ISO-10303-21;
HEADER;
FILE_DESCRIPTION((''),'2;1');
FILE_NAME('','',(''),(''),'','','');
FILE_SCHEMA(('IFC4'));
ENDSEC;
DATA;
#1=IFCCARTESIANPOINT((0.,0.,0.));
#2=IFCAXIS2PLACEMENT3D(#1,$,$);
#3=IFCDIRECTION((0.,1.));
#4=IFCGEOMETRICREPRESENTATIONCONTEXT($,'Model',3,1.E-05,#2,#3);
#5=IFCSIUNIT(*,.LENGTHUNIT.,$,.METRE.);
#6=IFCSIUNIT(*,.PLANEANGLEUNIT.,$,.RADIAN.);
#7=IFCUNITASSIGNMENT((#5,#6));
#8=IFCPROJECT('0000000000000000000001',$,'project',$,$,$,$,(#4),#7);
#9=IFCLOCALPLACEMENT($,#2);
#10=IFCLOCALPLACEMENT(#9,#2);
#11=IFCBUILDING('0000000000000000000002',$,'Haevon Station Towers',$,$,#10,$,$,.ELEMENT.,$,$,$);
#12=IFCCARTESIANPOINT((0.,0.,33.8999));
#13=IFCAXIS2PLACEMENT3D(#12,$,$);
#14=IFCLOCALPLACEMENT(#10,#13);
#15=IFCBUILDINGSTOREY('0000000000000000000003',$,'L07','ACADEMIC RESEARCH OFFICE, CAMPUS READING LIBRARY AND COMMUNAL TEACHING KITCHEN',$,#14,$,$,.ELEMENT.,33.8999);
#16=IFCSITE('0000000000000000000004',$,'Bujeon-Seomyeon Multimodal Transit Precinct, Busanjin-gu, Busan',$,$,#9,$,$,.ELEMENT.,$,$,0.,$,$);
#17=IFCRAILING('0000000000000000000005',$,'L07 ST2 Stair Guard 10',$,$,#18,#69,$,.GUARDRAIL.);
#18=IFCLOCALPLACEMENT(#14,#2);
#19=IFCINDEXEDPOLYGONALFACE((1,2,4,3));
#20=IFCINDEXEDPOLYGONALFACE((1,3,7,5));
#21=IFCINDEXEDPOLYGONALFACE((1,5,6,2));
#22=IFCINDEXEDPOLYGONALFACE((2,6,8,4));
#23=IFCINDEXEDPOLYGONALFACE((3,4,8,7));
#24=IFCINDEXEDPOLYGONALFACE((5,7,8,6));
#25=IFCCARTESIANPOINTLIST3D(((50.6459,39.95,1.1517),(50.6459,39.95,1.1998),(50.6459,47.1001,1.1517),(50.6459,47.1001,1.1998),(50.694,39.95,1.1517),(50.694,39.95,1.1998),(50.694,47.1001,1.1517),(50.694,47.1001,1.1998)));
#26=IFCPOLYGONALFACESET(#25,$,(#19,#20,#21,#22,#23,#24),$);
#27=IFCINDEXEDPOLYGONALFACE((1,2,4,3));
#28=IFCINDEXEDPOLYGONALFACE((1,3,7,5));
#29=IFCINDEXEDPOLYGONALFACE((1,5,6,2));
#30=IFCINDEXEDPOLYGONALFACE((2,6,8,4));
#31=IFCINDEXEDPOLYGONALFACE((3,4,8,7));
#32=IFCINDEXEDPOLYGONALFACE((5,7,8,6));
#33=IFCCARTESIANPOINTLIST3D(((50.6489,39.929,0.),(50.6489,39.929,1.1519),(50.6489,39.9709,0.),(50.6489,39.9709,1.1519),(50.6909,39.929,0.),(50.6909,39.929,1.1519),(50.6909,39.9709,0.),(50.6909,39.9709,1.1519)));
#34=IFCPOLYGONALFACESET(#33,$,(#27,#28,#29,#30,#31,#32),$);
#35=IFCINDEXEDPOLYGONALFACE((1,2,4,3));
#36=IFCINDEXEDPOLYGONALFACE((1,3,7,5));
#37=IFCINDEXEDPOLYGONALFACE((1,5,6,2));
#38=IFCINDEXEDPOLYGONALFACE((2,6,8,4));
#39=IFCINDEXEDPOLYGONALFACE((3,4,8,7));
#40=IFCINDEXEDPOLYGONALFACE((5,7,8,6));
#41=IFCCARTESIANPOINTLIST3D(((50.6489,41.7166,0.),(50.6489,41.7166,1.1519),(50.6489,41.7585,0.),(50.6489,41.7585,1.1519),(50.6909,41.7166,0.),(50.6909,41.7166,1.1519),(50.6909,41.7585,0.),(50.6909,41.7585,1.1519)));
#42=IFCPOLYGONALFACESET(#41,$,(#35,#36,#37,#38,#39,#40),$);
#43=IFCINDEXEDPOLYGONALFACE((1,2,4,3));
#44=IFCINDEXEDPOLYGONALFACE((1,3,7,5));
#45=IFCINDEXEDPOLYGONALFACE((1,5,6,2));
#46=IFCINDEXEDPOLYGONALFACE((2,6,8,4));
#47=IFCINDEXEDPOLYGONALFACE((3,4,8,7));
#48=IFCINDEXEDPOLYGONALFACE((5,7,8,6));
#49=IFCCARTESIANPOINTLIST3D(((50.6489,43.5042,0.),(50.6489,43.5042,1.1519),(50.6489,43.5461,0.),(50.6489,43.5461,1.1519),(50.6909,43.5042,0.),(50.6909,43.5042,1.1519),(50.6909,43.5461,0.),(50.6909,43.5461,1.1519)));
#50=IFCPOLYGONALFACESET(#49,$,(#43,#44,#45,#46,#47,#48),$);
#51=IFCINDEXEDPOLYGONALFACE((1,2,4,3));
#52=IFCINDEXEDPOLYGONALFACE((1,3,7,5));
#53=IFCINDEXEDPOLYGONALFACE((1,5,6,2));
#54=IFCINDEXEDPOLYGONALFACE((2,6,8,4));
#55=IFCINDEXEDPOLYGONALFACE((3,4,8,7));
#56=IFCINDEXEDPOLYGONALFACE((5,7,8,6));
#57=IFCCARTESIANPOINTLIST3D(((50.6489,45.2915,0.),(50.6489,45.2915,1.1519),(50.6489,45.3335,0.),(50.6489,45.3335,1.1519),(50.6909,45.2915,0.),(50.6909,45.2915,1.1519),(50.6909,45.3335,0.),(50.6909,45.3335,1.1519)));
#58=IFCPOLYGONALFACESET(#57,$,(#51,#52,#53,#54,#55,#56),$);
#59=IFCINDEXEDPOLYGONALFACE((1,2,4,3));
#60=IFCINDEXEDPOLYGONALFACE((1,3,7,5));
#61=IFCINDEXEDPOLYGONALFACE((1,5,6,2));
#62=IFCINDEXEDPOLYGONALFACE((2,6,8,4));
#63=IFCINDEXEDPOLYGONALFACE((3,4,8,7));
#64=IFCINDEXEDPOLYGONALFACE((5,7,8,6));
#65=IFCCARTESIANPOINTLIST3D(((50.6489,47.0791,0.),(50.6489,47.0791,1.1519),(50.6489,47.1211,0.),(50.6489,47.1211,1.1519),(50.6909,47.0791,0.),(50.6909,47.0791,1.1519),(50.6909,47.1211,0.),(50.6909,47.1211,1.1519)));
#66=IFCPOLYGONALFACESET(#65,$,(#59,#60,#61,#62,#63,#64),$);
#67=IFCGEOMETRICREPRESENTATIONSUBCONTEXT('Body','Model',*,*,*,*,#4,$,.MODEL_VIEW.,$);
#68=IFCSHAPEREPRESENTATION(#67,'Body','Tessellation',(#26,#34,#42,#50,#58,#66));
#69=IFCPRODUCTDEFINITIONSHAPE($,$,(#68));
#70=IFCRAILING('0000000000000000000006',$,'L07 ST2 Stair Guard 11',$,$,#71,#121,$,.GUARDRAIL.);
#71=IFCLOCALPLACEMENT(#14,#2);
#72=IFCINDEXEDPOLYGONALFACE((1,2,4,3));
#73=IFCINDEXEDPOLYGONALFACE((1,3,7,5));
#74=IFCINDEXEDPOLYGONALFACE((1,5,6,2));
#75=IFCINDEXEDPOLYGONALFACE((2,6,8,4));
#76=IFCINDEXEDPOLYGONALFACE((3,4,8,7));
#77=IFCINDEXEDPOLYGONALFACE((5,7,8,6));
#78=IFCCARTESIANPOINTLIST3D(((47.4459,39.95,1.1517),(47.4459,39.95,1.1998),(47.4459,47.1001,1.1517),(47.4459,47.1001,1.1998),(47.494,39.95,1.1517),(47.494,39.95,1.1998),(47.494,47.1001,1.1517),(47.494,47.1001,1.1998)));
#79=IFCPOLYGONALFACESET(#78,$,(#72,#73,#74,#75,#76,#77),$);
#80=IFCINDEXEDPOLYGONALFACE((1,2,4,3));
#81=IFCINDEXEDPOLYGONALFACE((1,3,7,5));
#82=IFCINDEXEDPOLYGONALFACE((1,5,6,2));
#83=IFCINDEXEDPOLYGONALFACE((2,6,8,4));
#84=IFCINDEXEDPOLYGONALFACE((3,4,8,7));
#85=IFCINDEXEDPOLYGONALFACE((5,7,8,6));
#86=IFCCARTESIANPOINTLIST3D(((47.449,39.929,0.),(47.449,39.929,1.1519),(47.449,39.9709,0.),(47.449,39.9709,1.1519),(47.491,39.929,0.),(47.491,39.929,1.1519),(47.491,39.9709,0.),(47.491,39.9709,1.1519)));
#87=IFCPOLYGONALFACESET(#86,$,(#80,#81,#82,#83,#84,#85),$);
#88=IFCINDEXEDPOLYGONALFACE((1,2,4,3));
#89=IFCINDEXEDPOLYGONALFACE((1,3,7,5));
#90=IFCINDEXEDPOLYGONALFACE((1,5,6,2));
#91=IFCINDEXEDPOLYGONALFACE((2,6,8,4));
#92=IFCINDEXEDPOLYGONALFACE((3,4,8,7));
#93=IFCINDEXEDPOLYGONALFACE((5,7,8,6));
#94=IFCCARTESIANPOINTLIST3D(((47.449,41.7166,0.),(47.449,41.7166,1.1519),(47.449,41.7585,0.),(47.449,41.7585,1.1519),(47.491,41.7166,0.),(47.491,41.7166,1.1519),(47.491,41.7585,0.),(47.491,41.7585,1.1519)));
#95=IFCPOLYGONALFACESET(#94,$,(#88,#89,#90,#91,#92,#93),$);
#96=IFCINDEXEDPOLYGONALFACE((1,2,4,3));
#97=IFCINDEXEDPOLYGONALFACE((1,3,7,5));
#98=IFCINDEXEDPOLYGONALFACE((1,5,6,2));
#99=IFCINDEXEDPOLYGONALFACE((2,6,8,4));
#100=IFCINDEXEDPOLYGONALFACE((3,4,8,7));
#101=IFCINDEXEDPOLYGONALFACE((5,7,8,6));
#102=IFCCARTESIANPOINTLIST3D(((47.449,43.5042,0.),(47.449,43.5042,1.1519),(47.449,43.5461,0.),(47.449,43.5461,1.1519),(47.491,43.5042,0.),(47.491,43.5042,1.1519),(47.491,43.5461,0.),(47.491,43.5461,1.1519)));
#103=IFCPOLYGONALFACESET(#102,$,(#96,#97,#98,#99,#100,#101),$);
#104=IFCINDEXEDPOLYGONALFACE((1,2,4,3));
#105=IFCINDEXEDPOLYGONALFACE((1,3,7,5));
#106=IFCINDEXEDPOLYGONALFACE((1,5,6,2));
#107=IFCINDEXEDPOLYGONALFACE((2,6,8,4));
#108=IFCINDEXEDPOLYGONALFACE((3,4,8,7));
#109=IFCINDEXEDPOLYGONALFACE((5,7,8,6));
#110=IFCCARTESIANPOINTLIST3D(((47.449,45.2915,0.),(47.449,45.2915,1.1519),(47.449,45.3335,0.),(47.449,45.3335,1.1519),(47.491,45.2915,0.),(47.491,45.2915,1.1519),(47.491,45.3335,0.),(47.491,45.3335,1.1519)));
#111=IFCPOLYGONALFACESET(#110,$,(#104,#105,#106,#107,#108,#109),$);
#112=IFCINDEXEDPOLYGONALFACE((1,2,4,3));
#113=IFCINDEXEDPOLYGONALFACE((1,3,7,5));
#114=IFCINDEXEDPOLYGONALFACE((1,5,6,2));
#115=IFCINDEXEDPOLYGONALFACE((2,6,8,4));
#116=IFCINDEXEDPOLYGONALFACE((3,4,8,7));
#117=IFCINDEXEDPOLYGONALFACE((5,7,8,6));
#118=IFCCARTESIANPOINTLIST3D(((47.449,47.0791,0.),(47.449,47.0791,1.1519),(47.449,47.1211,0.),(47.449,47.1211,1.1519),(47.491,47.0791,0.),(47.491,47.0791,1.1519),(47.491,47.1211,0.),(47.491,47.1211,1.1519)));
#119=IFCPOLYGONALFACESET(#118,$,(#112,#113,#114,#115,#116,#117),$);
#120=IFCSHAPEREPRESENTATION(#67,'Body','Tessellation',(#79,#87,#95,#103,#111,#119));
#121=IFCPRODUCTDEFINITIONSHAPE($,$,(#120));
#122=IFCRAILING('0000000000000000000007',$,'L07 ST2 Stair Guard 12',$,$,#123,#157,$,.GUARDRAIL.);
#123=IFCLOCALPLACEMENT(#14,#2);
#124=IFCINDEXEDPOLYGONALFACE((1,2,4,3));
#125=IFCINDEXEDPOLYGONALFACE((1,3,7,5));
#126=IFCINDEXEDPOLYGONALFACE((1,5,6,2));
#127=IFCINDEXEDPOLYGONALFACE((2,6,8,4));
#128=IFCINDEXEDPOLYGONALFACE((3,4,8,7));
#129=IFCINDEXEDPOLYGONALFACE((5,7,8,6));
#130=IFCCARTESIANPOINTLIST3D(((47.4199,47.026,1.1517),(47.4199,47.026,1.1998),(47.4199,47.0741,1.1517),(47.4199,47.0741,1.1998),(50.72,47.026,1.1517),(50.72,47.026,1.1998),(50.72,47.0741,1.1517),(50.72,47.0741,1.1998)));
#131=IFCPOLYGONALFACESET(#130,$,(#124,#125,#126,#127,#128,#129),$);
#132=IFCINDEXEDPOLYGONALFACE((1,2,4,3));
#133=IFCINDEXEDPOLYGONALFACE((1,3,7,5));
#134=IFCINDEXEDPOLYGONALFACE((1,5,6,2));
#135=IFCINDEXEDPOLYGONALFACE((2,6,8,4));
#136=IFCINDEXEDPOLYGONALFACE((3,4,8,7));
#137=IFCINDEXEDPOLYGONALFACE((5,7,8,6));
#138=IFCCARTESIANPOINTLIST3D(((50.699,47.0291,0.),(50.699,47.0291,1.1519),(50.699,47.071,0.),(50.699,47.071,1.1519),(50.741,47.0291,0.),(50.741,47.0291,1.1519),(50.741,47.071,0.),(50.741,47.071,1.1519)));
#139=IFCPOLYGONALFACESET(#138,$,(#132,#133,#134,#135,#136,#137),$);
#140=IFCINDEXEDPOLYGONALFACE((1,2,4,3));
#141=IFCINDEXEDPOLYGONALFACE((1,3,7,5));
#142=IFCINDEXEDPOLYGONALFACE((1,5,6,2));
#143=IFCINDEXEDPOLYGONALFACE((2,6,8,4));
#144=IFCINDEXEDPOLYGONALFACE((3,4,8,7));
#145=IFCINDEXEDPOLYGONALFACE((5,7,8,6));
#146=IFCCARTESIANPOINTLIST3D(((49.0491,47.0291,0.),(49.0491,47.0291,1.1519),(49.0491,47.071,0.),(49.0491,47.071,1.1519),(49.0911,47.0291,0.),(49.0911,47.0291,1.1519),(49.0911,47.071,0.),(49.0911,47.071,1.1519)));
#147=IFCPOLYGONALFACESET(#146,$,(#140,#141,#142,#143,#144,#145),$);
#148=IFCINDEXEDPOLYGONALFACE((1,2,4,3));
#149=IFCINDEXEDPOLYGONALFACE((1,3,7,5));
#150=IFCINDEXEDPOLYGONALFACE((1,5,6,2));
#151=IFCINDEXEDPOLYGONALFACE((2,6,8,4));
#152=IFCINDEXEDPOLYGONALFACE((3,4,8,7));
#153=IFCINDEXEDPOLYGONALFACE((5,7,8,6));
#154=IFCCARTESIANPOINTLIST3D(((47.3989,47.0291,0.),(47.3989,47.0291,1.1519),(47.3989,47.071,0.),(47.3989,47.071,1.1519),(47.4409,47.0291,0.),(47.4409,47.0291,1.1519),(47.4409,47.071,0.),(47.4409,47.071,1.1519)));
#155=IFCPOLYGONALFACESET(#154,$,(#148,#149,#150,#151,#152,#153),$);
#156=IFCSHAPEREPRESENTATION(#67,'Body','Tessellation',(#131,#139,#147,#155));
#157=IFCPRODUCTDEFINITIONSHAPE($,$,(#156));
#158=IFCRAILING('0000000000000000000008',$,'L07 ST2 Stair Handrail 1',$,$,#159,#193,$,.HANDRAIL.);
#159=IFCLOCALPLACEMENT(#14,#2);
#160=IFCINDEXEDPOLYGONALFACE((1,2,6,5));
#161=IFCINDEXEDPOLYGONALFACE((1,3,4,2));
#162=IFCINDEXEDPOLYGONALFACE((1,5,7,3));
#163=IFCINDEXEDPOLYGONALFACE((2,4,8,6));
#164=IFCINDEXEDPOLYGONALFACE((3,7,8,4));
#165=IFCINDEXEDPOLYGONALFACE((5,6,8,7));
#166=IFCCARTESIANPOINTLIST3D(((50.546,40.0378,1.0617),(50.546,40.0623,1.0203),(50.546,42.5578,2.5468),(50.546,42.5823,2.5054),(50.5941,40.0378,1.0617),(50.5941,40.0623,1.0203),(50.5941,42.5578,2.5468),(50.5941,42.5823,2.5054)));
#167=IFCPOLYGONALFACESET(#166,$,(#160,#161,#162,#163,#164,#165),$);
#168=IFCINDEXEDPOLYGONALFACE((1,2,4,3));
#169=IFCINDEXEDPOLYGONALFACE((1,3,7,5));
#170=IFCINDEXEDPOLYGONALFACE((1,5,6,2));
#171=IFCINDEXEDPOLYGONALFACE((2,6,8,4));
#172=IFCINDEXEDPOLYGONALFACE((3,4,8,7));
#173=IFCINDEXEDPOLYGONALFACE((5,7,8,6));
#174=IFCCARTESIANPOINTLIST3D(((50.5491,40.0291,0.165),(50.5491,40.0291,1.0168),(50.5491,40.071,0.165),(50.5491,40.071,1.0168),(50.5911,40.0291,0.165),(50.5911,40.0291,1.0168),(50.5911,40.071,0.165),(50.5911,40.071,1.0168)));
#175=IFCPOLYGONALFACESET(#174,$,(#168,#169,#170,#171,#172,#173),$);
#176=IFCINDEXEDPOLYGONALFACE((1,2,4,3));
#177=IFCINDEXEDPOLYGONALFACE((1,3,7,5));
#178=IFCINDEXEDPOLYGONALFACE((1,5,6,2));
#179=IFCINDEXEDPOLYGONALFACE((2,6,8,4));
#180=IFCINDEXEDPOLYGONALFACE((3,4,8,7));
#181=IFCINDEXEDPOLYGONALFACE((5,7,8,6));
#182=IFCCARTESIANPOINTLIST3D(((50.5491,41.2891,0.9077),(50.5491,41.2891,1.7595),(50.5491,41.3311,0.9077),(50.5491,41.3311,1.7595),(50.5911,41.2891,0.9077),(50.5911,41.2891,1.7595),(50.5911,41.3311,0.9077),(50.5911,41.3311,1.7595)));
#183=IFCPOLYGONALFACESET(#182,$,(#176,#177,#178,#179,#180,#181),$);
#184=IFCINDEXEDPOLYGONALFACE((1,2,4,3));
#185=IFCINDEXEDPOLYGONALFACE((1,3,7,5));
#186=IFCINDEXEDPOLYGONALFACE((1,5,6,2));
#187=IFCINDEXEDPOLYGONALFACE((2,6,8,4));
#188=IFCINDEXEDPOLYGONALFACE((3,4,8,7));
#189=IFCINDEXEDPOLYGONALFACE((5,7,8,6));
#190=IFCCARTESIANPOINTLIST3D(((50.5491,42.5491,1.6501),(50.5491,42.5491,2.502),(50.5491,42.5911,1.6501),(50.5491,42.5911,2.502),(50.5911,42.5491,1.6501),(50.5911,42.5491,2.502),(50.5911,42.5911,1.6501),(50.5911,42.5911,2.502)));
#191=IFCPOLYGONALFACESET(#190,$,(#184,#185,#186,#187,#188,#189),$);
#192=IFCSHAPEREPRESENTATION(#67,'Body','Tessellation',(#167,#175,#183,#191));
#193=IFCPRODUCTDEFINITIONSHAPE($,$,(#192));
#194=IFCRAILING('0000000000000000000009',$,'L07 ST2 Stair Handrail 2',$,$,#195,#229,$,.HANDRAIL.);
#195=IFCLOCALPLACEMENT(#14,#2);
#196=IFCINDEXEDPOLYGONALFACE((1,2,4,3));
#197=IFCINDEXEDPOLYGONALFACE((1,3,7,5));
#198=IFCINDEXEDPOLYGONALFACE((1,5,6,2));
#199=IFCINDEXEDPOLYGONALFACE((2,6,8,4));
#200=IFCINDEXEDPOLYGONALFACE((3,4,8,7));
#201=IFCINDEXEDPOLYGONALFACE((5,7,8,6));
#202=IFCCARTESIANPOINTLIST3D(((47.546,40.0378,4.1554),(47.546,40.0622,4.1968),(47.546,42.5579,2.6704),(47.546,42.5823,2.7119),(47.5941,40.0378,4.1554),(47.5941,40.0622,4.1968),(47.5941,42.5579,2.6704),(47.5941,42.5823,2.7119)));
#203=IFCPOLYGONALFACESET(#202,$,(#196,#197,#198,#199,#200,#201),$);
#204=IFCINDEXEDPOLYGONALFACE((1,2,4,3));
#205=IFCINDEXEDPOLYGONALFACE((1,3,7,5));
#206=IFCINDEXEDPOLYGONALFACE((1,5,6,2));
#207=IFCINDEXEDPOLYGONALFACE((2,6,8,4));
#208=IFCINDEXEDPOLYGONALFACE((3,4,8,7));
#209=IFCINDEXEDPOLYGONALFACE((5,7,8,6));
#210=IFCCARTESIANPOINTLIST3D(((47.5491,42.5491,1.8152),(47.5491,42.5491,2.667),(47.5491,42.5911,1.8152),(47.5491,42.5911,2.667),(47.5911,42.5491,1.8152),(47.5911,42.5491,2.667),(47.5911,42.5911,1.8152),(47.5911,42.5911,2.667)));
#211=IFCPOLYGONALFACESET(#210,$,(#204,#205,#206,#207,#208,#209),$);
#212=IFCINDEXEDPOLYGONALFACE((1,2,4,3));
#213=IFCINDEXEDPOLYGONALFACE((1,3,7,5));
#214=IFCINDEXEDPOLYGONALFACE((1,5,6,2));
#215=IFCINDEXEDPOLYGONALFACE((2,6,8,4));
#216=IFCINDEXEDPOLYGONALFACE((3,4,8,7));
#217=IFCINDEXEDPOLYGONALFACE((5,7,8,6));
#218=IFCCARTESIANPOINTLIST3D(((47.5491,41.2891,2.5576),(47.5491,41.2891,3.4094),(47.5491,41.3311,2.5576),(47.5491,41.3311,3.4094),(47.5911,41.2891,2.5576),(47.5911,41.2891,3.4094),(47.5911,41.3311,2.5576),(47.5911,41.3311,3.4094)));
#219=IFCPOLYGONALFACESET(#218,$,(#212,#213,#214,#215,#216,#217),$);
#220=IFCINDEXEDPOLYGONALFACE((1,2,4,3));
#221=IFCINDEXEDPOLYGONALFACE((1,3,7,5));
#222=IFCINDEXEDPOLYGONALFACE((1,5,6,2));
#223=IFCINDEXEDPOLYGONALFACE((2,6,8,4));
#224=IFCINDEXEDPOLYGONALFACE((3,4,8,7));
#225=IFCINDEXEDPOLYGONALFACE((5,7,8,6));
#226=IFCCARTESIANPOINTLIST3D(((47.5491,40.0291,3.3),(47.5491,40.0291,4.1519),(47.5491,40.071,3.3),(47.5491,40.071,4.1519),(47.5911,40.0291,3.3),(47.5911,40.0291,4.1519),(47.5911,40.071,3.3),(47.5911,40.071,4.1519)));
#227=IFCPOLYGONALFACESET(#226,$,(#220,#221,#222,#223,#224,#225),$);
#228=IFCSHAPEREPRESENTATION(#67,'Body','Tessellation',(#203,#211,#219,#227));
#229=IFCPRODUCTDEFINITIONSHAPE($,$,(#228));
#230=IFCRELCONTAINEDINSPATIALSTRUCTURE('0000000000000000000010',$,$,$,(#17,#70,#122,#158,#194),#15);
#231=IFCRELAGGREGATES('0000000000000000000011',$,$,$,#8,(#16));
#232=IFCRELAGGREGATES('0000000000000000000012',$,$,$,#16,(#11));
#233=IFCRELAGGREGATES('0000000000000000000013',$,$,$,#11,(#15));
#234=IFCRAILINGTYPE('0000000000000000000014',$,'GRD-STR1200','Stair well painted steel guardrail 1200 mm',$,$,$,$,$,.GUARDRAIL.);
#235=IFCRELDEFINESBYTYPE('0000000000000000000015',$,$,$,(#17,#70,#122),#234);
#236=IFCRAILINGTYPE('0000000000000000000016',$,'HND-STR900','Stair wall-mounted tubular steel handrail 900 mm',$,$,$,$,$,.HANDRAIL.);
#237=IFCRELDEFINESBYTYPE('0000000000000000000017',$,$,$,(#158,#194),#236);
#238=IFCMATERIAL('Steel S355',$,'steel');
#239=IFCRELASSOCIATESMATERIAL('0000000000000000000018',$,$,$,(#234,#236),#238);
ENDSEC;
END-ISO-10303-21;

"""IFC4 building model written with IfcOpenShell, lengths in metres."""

from ifc_helpers import new_model, si_unit, direction, frame, origin, origin_2d, place, context, subcontext, project, spatial, rectangle, extrude, material, type_object, element, save


model = new_model("IFC4")

# Units and contexts
model_context = context("Model", 3, precision=1e-05, world=origin(), true_north=direction((0.0, 1.0)))
body_context = subcontext(model_context, "Body", "Model", "MODEL_VIEW")
ifc_project = project(units=[si_unit("LENGTHUNIT", "METRE"), si_unit("PLANEANGLEUNIT", "RADIAN")], contexts=[model_context])

# Site, building, storey
site_placement = place(None, origin())
site = spatial("IfcSite", under=ifc_project, at=site_placement, Name="Bujeon-Seomyeon Multimodal Transit Precinct, Busanjin-gu, Busan", CompositionType="ELEMENT", RefElevation=0.0)
building_placement = place(site_placement, origin())
building = spatial("IfcBuilding", under=site, at=building_placement, Name="Haevon Station Towers", CompositionType="ELEMENT")
storey_placement = place(building_placement, frame((0.0, 0.0, 33.8999)))
storey = spatial("IfcBuildingStorey", under=building, at=storey_placement, Name="L07", Description="ACADEMIC RESEARCH OFFICE, CAMPUS READING LIBRARY AND COMMUNAL TEACHING KITCHEN", CompositionType="ELEMENT", Elevation=33.8999)

# Shared definitions
ifc_material_1 = material(Name="Steel S355", Category="steel")

# Railings
railing_type_1 = type_object("IfcRailingType", Name="GRD-STR1200", Description="Stair well painted steel guardrail 1200 mm", PredefinedType="GUARDRAIL", material=ifc_material_1)
for number, where, name in (
    (1, (50.6699, 39.95, 0.0), "L07 ST2 Stair Guard 10"),
    (2, (47.47, 39.95, 0.0), "L07 ST2 Stair Guard 11"),
):
    element("IfcRailing", number, at=place(storey_placement, frame(where)), inside=storey, type_object=railing_type_1, Name=name, PredefinedType="GUARDRAIL", context=body_context, shape_type="SweptSolid", body=[
        extrude(rectangle(XDim=0.0481, YDim=0.0481, at=origin_2d()), frame((0.0, 0.0, 1.1758), z_axis=(0.0, 1.0, 0.0), x_axis=(-1.0, 0.0, 0.0)), (0.0, 0.0, 1.0), 7.1501),
        extrude(rectangle(XDim=0.042, YDim=0.042, at=origin_2d()), origin(), (0.0, 0.0, 1.0), 1.1519),
        extrude(rectangle(XDim=0.042, YDim=0.042, at=origin_2d()), frame((0.0, 1.7876, 0.0)), (0.0, 0.0, 1.0), 1.1519),
        extrude(rectangle(XDim=0.042, YDim=0.042, at=origin_2d()), frame((0.0, 3.5752, 0.0)), (0.0, 0.0, 1.0), 1.1519),
        extrude(rectangle(XDim=0.042, YDim=0.042, at=origin_2d()), frame((0.0, 5.3625, 0.0)), (0.0, 0.0, 1.0), 1.1519),
        extrude(rectangle(XDim=0.042, YDim=0.042, at=origin_2d()), frame((0.0, 7.1501, 0.0)), (0.0, 0.0, 1.0), 1.1519),
    ])
railing_1_placement = place(storey_placement, frame((50.72, 47.05, 0.0)))
element("IfcRailing", 3, at=railing_1_placement, inside=storey, type_object=railing_type_1, Name="L07 ST2 Stair Guard 12", PredefinedType="GUARDRAIL", context=body_context, shape_type="SweptSolid", body=[
    extrude(rectangle(XDim=0.0481, YDim=0.0481, at=origin_2d()), frame((0.0, 0.0, 1.1758), z_axis=(-1.0, 0.0, 0.0), x_axis=(0.0, -1.0, 0.0)), (0.0, 0.0, 1.0), 3.3),
    extrude(rectangle(XDim=0.042, YDim=0.042, at=origin_2d()), origin(), (0.0, 0.0, 1.0), 1.1519),
    extrude(rectangle(XDim=0.042, YDim=0.042, at=origin_2d()), frame((-1.6499, 0.0, 0.0)), (0.0, 0.0, 1.0), 1.1519),
    extrude(rectangle(XDim=0.042, YDim=0.042, at=origin_2d()), frame((-3.3, 0.0, 0.0)), (0.0, 0.0, 1.0), 1.1519),
])
railing_type_2 = type_object("IfcRailingType", Name="HND-STR900", Description="Stair wall-mounted tubular steel handrail 900 mm", PredefinedType="HANDRAIL", material=ifc_material_1)
railing_2_placement = place(storey_placement, frame((50.5701, 40.05, 0.165)))
element("IfcRailing", 4, at=railing_2_placement, inside=storey, type_object=railing_type_2, Name="L07 ST2 Stair Handrail 1", PredefinedType="HANDRAIL", context=body_context, shape_type="SweptSolid", body=[
    extrude(rectangle(XDim=0.0481, YDim=0.0481, at=origin_2d()), frame((0.0, 0.0, 0.876), z_axis=(0.0, 0.861524, 0.507717), x_axis=(-1.0, 0.0, 0.0)), (0.0, 0.0, 1.0), 2.925),
    extrude(rectangle(XDim=0.042, YDim=0.042, at=origin_2d()), origin(), (0.0, 0.0, 1.0), 0.8518),
    extrude(rectangle(XDim=0.042, YDim=0.042, at=origin_2d()), frame((0.0, 1.26, 0.7427)), (0.0, 0.0, 1.0), 0.8518),
    extrude(rectangle(XDim=0.042, YDim=0.042, at=origin_2d()), frame((0.0, 2.52, 1.4851)), (0.0, 0.0, 1.0), 0.8518),
])
railing_3_placement = place(storey_placement, frame((47.5701, 42.5701, 1.8152)))
element("IfcRailing", 5, at=railing_3_placement, inside=storey, type_object=railing_type_2, Name="L07 ST2 Stair Handrail 2", PredefinedType="HANDRAIL", context=body_context, shape_type="SweptSolid", body=[
    extrude(rectangle(XDim=0.0481, YDim=0.0481, at=origin_2d()), frame((0.0, 0.0, 0.876), z_axis=(0.0, -0.861561, 0.507655), x_axis=(1.0, 0.0, 0.0)), (0.0, 0.0, 1.0), 2.925),
    extrude(rectangle(XDim=0.042, YDim=0.042, at=origin_2d()), origin(), (0.0, 0.0, 1.0), 0.8518),
    extrude(rectangle(XDim=0.042, YDim=0.042, at=origin_2d()), frame((0.0, -1.26, 0.7424)), (0.0, 0.0, 1.0), 0.8518),
    extrude(rectangle(XDim=0.042, YDim=0.042, at=origin_2d()), frame((0.0, -2.52, 1.4849)), (0.0, 0.0, 1.0), 0.8518),
])

save(model, "model.ifc")
